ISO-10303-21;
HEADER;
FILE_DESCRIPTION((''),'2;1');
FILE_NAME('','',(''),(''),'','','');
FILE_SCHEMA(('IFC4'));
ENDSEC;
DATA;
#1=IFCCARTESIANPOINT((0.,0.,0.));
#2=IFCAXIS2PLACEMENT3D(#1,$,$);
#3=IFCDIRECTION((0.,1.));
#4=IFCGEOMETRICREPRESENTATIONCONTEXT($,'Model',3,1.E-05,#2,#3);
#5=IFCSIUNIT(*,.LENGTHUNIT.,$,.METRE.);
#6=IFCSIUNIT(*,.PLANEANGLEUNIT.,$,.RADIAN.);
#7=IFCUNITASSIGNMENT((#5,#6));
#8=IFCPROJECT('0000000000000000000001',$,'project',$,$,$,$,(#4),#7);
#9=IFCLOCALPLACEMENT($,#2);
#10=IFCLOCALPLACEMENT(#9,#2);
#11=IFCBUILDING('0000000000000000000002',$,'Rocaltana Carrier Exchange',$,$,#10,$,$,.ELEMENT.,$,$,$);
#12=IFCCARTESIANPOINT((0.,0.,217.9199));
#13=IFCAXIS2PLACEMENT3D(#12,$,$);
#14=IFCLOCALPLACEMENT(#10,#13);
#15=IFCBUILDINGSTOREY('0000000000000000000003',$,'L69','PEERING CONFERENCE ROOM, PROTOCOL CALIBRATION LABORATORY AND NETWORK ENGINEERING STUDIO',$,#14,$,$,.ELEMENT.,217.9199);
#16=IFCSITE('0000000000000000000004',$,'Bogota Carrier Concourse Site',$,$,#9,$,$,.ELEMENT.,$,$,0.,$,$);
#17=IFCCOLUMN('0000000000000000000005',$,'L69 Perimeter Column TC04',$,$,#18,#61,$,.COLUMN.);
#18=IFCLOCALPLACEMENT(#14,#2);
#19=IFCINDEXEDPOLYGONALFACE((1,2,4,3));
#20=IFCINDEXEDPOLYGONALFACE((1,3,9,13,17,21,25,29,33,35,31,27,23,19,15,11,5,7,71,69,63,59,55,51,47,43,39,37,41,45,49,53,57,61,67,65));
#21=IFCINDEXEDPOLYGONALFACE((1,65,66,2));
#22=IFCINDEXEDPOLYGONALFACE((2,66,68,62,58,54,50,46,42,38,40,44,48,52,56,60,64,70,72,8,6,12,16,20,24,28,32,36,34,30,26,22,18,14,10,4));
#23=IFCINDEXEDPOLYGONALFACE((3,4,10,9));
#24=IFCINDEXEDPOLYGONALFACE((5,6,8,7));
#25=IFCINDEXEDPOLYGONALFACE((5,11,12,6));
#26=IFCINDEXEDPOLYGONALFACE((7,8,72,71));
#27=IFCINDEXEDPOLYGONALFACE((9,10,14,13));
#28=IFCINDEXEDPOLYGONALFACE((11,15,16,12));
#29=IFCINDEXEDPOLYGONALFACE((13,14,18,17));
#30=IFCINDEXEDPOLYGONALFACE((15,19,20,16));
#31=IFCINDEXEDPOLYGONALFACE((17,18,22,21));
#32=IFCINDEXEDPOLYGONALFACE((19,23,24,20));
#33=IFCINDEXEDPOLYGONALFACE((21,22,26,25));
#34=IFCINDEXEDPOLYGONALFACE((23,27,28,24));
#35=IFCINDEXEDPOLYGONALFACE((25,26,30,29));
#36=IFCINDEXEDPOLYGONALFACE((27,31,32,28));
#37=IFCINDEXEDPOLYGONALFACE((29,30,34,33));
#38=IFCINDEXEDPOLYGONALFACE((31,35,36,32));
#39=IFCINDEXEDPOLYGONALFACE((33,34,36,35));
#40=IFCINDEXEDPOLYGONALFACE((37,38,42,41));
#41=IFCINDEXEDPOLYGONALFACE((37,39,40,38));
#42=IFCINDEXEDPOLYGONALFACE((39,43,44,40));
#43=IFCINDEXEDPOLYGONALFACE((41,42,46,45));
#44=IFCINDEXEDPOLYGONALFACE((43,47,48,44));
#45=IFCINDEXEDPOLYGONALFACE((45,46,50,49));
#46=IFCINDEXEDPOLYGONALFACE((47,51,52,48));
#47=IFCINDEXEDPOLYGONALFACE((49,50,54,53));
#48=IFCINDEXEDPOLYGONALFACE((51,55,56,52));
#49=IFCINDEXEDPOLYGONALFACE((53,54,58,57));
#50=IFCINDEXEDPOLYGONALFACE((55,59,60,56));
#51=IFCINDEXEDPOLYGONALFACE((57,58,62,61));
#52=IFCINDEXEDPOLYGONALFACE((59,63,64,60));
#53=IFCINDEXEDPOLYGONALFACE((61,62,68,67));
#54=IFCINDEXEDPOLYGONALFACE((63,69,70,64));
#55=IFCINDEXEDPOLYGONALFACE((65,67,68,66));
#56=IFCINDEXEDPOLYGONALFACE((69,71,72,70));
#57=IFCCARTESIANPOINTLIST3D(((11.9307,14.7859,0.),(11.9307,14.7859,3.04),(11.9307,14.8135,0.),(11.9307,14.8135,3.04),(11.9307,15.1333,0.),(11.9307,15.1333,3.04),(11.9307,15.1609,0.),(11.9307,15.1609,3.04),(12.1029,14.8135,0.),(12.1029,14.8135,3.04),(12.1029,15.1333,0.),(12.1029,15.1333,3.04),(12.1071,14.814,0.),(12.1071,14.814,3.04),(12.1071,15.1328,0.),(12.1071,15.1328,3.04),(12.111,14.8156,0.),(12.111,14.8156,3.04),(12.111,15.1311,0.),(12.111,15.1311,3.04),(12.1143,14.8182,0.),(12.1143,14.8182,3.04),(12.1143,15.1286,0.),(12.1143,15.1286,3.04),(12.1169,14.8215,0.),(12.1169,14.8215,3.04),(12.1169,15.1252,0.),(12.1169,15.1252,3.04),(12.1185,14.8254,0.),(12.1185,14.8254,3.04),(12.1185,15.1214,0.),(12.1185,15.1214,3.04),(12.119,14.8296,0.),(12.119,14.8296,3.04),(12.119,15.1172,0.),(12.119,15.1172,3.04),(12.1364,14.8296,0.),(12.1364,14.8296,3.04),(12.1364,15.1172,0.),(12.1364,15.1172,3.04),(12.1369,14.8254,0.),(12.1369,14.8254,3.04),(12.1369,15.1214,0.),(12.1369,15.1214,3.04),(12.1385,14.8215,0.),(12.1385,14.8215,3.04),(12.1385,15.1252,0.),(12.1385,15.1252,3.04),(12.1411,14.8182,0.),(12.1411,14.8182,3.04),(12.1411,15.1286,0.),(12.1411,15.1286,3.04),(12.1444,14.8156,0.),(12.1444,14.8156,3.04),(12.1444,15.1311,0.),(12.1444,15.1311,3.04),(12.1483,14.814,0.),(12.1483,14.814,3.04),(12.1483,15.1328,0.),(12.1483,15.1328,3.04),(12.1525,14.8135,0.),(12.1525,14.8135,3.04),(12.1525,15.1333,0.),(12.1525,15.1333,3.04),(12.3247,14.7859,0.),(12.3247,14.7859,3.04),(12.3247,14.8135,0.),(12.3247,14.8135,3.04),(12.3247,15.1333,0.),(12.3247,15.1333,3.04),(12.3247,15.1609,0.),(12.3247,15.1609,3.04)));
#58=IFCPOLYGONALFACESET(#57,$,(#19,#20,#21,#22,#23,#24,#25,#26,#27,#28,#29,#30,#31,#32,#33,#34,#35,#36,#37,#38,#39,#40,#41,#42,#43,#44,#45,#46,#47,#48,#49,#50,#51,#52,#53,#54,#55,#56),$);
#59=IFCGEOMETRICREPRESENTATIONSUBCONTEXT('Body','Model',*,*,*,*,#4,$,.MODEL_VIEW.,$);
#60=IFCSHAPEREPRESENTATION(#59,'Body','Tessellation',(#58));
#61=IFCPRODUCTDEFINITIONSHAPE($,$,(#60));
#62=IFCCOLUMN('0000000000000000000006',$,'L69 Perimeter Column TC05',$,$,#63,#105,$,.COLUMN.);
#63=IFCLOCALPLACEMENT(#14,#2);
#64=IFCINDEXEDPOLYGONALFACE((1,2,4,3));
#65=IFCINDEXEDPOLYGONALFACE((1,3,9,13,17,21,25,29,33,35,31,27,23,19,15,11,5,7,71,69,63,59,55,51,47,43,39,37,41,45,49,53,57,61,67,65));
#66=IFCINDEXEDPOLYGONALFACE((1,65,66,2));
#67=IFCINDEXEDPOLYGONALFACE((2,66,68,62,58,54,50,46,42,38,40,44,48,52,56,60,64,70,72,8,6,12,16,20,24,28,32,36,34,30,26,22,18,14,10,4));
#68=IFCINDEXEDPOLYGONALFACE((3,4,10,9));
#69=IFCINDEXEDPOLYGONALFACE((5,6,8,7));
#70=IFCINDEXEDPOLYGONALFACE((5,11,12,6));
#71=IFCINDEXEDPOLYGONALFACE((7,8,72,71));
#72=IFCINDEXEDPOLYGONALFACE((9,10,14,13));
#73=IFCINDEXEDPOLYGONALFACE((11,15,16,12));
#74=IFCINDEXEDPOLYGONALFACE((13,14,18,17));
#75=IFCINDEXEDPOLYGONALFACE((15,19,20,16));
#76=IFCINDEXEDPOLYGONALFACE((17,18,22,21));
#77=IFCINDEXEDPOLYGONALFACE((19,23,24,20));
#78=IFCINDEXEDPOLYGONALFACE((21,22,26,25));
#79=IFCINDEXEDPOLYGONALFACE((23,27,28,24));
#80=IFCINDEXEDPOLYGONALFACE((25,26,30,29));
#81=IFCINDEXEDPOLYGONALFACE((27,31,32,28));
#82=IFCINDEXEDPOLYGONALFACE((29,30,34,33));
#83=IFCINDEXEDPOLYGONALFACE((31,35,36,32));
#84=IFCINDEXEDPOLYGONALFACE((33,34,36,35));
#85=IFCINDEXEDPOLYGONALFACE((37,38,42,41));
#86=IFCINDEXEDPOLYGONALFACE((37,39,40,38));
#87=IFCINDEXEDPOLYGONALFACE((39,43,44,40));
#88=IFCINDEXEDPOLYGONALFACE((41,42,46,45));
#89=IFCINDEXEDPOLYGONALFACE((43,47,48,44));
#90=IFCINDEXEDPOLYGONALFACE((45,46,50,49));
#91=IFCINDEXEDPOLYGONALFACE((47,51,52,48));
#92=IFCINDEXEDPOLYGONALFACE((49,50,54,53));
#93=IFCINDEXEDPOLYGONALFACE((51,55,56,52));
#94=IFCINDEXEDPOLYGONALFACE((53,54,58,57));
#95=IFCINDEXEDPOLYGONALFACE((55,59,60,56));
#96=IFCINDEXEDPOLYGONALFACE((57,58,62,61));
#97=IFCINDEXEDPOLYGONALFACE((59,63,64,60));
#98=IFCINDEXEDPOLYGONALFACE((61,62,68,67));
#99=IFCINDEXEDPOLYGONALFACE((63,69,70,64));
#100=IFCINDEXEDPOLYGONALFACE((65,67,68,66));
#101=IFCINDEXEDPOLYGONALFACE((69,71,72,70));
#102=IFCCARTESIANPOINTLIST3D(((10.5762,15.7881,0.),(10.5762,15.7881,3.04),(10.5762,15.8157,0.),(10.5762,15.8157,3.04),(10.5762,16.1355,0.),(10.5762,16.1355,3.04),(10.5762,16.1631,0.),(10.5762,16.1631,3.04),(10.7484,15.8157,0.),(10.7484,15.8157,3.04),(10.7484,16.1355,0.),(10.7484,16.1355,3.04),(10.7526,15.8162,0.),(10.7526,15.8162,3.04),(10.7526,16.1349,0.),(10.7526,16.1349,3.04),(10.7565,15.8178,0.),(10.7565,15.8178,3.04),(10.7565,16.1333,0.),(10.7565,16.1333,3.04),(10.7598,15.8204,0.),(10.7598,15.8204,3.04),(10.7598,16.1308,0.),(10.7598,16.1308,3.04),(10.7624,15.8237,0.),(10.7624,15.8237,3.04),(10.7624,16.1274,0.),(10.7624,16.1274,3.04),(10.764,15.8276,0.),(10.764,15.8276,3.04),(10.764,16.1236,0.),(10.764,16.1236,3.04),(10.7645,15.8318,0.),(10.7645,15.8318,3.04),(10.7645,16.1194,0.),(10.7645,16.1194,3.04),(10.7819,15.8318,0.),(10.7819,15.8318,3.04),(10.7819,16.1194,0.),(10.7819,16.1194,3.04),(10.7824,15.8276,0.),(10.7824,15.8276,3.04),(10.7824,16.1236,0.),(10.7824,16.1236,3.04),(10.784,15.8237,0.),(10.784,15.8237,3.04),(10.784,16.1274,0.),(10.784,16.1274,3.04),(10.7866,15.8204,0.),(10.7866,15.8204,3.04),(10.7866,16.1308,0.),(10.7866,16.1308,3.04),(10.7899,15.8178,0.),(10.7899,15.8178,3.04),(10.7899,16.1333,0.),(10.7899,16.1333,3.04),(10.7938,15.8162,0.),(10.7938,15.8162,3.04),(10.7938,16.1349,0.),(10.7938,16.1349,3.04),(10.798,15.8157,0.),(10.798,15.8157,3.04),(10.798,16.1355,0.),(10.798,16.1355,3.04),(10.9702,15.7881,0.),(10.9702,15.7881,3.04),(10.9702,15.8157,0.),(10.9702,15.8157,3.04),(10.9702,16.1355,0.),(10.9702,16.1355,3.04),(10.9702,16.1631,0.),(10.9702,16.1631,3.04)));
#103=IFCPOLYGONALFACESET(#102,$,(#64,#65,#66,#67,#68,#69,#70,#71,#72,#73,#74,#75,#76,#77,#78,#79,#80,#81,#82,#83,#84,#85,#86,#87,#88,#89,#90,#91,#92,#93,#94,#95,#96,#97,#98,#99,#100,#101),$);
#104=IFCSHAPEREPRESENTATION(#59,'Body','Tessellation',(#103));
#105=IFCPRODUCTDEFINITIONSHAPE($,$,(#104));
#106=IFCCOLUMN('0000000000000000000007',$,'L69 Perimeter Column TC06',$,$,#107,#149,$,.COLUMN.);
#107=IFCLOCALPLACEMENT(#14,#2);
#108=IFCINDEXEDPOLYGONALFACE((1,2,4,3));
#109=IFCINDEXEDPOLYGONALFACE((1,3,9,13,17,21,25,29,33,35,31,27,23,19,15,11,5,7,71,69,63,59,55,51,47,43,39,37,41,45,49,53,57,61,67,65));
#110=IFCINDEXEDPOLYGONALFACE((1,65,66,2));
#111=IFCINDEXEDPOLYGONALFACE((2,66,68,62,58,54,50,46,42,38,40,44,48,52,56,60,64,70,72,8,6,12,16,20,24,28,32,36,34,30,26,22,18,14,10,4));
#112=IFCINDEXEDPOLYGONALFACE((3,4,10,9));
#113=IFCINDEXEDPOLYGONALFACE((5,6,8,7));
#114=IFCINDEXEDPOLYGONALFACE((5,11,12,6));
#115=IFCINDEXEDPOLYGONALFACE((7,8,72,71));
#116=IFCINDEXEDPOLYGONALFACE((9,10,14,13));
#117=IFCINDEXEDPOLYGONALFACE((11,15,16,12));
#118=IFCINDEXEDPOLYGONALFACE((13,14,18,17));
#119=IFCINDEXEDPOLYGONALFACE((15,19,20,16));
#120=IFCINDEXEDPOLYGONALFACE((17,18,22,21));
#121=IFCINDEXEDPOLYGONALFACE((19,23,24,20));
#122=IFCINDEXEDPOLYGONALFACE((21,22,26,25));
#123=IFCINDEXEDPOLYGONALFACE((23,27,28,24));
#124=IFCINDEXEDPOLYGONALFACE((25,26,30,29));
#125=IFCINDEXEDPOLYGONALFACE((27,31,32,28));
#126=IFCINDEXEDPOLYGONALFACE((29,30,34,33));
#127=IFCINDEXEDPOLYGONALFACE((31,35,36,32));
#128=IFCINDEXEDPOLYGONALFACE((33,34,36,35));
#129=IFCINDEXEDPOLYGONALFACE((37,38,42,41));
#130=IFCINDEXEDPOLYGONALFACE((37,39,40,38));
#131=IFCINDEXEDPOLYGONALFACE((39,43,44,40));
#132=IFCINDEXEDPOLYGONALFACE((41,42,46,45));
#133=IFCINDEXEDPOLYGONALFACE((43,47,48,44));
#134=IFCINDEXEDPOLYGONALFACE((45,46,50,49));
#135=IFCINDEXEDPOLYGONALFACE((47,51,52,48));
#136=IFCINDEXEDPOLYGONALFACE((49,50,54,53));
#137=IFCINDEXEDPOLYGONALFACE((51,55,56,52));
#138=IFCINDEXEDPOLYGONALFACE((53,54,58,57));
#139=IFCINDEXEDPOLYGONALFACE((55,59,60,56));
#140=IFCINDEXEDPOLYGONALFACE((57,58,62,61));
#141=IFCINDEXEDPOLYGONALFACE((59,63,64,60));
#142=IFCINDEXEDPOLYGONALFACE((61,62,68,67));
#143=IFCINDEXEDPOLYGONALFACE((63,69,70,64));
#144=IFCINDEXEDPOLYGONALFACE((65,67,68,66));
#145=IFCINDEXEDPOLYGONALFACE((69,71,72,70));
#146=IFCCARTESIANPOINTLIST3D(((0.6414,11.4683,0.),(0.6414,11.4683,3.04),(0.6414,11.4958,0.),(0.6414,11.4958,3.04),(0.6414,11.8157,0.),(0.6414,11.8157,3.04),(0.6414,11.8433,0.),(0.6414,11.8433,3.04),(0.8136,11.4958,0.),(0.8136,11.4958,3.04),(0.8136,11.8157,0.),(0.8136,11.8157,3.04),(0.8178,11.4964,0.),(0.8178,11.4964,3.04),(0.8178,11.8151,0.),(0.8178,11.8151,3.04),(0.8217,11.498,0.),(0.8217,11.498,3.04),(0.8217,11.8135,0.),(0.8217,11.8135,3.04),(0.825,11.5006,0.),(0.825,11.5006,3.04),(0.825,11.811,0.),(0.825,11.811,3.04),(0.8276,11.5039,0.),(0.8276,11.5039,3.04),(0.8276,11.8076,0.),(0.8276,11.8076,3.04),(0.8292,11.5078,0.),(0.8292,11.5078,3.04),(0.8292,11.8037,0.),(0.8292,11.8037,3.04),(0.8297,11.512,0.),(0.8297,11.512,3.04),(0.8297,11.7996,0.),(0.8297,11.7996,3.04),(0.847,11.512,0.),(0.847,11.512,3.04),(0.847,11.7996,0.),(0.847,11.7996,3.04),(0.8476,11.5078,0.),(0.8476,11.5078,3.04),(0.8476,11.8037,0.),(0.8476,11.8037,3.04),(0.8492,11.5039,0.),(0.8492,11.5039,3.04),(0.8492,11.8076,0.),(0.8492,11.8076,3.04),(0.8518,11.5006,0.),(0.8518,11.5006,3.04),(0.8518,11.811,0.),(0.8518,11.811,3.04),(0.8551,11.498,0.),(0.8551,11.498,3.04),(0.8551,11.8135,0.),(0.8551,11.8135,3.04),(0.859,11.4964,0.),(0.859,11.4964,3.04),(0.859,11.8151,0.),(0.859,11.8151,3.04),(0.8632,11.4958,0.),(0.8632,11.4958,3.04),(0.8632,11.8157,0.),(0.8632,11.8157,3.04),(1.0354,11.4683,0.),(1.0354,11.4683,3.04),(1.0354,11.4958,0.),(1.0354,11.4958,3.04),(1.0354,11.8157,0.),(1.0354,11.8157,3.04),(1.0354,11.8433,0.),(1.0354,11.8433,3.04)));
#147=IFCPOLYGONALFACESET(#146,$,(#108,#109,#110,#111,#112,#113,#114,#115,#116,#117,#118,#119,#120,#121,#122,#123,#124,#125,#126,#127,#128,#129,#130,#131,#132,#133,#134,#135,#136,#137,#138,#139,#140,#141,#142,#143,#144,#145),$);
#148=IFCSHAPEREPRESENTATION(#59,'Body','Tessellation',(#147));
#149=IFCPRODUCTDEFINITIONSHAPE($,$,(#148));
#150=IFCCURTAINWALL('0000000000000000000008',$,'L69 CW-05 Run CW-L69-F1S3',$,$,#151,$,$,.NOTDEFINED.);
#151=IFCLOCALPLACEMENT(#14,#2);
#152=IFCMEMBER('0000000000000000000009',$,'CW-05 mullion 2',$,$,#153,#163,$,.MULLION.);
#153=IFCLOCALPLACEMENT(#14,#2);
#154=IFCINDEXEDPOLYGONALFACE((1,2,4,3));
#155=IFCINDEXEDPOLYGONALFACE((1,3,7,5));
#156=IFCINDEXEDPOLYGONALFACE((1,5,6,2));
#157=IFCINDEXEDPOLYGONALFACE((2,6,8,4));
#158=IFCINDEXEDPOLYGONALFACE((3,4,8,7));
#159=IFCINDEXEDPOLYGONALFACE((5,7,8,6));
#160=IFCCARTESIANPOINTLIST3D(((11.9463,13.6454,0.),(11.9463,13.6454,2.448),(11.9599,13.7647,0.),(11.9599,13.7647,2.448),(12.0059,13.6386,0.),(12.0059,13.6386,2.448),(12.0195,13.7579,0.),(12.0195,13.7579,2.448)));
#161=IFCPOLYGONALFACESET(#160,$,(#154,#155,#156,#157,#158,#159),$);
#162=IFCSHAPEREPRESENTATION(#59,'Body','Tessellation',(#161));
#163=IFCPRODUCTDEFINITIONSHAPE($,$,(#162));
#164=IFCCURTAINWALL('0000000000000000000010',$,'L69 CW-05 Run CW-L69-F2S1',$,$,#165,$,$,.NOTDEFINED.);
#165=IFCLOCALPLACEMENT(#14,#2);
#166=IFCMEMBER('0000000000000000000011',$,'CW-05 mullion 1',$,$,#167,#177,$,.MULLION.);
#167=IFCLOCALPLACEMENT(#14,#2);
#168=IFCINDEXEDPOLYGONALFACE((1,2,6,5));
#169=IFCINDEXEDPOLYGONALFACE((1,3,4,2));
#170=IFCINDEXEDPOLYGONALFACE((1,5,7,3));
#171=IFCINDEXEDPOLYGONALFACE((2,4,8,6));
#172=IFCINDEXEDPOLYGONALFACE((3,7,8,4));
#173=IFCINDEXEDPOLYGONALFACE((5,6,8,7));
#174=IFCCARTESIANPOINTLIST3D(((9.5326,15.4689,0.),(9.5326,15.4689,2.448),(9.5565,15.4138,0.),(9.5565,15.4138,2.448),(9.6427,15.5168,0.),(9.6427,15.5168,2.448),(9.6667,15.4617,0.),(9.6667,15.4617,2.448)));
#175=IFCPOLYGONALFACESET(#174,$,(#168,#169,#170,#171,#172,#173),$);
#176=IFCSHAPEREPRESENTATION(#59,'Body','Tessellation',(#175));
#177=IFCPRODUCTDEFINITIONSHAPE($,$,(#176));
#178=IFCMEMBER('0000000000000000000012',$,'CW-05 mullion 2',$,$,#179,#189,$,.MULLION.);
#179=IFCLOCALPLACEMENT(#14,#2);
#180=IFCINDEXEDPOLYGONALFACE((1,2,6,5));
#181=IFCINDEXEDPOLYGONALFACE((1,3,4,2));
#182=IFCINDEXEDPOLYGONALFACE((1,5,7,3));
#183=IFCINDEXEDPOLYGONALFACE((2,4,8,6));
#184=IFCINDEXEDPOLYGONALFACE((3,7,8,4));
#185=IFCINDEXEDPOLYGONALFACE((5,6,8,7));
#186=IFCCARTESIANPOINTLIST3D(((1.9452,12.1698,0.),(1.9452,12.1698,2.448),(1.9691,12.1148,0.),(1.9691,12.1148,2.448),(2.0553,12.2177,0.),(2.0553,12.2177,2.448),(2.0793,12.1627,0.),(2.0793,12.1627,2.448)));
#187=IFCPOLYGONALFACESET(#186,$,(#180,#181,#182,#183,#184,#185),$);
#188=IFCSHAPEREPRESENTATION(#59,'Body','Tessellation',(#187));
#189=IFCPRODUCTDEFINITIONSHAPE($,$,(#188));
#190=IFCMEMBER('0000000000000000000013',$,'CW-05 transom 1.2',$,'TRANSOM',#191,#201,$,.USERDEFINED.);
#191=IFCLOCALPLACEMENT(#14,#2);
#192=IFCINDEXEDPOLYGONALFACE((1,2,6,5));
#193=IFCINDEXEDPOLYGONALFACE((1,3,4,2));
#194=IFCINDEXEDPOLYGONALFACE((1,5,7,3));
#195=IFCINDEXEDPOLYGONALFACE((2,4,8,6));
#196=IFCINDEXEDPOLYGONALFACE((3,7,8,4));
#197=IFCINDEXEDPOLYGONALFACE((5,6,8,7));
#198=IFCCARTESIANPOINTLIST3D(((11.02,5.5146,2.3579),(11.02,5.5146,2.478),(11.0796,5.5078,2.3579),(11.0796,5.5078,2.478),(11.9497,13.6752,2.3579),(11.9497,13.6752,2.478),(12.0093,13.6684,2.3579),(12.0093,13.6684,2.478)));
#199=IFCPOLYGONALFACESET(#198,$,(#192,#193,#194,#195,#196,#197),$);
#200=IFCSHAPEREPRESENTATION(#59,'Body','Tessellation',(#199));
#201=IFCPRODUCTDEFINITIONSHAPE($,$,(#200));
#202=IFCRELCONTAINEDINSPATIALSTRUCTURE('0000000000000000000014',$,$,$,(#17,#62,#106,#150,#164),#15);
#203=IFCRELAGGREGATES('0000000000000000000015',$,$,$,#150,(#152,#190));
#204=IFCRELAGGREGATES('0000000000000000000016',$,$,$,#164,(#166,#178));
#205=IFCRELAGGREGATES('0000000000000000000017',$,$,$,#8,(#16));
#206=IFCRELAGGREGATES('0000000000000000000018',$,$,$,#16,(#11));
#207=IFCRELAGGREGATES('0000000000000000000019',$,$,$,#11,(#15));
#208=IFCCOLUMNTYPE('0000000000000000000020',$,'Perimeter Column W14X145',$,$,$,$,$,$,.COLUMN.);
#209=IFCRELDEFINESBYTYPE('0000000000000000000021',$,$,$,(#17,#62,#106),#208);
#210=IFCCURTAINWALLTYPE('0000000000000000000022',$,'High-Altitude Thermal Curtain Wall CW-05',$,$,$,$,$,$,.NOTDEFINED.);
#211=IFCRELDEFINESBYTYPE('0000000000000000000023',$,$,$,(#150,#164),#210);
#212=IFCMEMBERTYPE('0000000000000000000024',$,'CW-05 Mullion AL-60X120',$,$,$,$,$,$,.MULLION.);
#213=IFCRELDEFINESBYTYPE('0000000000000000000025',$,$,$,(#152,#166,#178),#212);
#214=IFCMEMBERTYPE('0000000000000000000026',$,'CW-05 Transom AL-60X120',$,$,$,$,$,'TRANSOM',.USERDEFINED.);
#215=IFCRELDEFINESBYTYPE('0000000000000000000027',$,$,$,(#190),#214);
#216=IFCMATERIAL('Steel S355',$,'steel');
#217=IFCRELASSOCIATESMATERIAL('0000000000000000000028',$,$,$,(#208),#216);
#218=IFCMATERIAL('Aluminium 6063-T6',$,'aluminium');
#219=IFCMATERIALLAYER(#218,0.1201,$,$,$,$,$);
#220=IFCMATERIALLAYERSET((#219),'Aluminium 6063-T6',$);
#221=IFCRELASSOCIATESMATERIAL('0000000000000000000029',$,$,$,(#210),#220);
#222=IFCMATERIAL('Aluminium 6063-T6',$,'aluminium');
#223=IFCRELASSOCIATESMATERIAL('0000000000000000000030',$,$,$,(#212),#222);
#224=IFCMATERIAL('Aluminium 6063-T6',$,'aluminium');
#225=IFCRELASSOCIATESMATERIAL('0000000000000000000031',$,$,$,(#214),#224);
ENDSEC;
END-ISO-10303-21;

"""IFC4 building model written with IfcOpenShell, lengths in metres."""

from ifc_helpers import new_model, si_unit, direction, frame, origin, origin_2d, place, context, subcontext, project, spatial, rectangle, i_section, extrude, material, layer, layer_set, material_profile, profile_set, type_object, element, aggregate, save


model = new_model("IFC4")

# Units and contexts
model_context = context("Model", 3, precision=1e-05, world=origin(), true_north=direction((0.0, 1.0)))
body_context = subcontext(model_context, "Body", "Model", "MODEL_VIEW")
ifc_project = project(units=[si_unit("LENGTHUNIT", "METRE"), si_unit("PLANEANGLEUNIT", "RADIAN")], contexts=[model_context])

# Site, building, storey
site_placement = place(None, origin())
site = spatial("IfcSite", under=ifc_project, at=site_placement, Name="Bogota Carrier Concourse Site", CompositionType="ELEMENT", RefElevation=0.0)
building_placement = place(site_placement, origin())
building = spatial("IfcBuilding", under=site, at=building_placement, Name="Rocaltana Carrier Exchange", CompositionType="ELEMENT")
storey_placement = place(building_placement, frame((0.0, 0.0, 217.9199)))
storey = spatial("IfcBuildingStorey", under=building, at=storey_placement, Name="L69", Description="PEERING CONFERENCE ROOM, PROTOCOL CALIBRATION LABORATORY AND NETWORK ENGINEERING STUDIO", CompositionType="ELEMENT", Elevation=217.9199)

# Columns
ifc_material_1 = material(Name="Steel S355", Category="steel")
ifc_material_profile_1 = material_profile(ifc_material_1, i_section(OverallWidth=0.394, OverallDepth=0.375, WebThickness=0.0173, FlangeThickness=0.0276, FilletRadius=0.0161, at=origin_2d()), Name="W14X145")
ifc_profile_set_1 = profile_set([ifc_material_profile_1], Name="Steel S355")
column_type = type_object("IfcColumnType", Name="Perimeter Column W14X145", PredefinedType="COLUMN", material=ifc_profile_set_1)
for number, where, z_axis, x_axis, name in (
    (1, (12.1277, 14.9734, 0.0), (0.0, 0.0, 1.0), (1.0, 0.0, 0.0), "L69 Perimeter Column TC04"),
    (2, (10.7732, 15.9756, 0.0), (0.0, 0.0, 1.0), (1.0, 0.0, 0.0), "L69 Perimeter Column TC05"),
    (3, (0.8384, 11.6558, 0.0), (0.0, 0.0, 1.0), (1.0, 0.0, 0.0), "L69 Perimeter Column TC06"),
):
    element("IfcColumn", number, at=place(storey_placement, frame(where, z_axis=z_axis, x_axis=x_axis)), inside=storey, type_object=column_type, Name=name, PredefinedType="COLUMN", context=body_context, shape_type="SweptSolid", body=[
        extrude(i_section(OverallWidth=0.394, OverallDepth=0.375, WebThickness=0.0173, FlangeThickness=0.0276, FilletRadius=0.0161, at=origin_2d()), origin(), (0.0, 0.0, 1.0), 3.04),
    ])

# Curtain wall, member
ifc_material_2 = material(Name="Aluminium 6063-T6", Category="aluminium")
ifc_layer_1 = layer(ifc_material_2, 0.1201)
ifc_layer_set_1 = layer_set([ifc_layer_1], Name="Aluminium 6063-T6")
curtain_wall_type = type_object("IfcCurtainWallType", Name="High-Altitude Thermal Curtain Wall CW-05", PredefinedType="NOTDEFINED", material=ifc_layer_set_1)
curtain_wall_1_placement = place(storey_placement, origin())
curtain_wall_1 = element("IfcCurtainWall", 4, at=curtain_wall_1_placement, inside=storey, type_object=curtain_wall_type, Name="L69 CW-05 Run CW-L69-F1S3", PredefinedType="NOTDEFINED")
ifc_material_3 = material(Name="Aluminium 6063-T6", Category="aluminium")
ifc_material_profile_2 = material_profile(ifc_material_3, rectangle(XDim=0.0601, YDim=0.1201, at=origin_2d()), Name="AL-60X120")
ifc_profile_set_2 = profile_set([ifc_material_profile_2], Name="Aluminium 6063-T6")
member_type_1 = type_object("IfcMemberType", Name="CW-05 Mullion AL-60X120", PredefinedType="MULLION", material=ifc_profile_set_2)
member_1_placement = place(storey_placement, frame((11.9829, 13.7017, 0.0), z_axis=(0.0, 0.0, 1.0), x_axis=(-0.993573, 0.113197, 0.0)))
member_1 = element("IfcMember", 5, at=member_1_placement, type_object=member_type_1, Name="CW-05 mullion 2", PredefinedType="MULLION", context=body_context, shape_type="SweptSolid", body=[
    extrude(rectangle(XDim=0.0601, YDim=0.1201, at=origin_2d()), origin(), (0.0, 0.0, 1.0), 2.448),
])

# Curtain wall, members
curtain_wall_2_placement = place(storey_placement, origin())
curtain_wall_2 = element("IfcCurtainWall", 6, at=curtain_wall_2_placement, inside=storey, type_object=curtain_wall_type, Name="L69 CW-05 Run CW-L69-F2S1", PredefinedType="NOTDEFINED")
member_2_placement = place(storey_placement, frame((9.5996, 15.4653, 0.0), z_axis=(0.0, 0.0, 1.0), x_axis=(0.398757, -0.917057, 0.0)))
member_2 = element("IfcMember", 7, at=member_2_placement, type_object=member_type_1, Name="CW-05 mullion 1", PredefinedType="MULLION", context=body_context, shape_type="SweptSolid", body=[
    extrude(rectangle(XDim=0.0601, YDim=0.1201, at=origin_2d()), origin(), (0.0, 0.0, 1.0), 2.448),
])
member_3_placement = place(storey_placement, frame((2.0122, 12.1663, 0.0), z_axis=(0.0, 0.0, 1.0), x_axis=(0.398757, -0.917057, 0.0)))
member_3 = element("IfcMember", 8, at=member_3_placement, type_object=member_type_1, Name="CW-05 mullion 2", PredefinedType="MULLION", context=body_context, shape_type="SweptSolid", body=[
    extrude(rectangle(XDim=0.0601, YDim=0.1201, at=origin_2d()), origin(), (0.0, 0.0, 1.0), 2.448),
])

# Member
ifc_material_4 = material(Name="Aluminium 6063-T6", Category="aluminium")
ifc_material_profile_3 = material_profile(ifc_material_4, rectangle(XDim=0.0601, YDim=0.1201, at=origin_2d()), Name="AL-60X120")
ifc_profile_set_3 = profile_set([ifc_material_profile_3], Name="Aluminium 6063-T6")
member_type_2 = type_object("IfcMemberType", Name="CW-05 Transom AL-60X120", ElementType="TRANSOM", PredefinedType="USERDEFINED", material=ifc_profile_set_3)
member_4_placement = place(storey_placement, frame((11.0498, 5.5112, 2.418), z_axis=(0.113191, 0.993573, 0.0), x_axis=(-0.993573, 0.113191, 0.0)))
member_4 = element("IfcMember", 9, at=member_4_placement, type_object=member_type_2, Name="CW-05 transom 1.2", ObjectType="TRANSOM", PredefinedType="USERDEFINED", context=body_context, shape_type="SweptSolid", body=[
    extrude(rectangle(XDim=0.0601, YDim=0.1201, at=origin_2d()), origin(), (0.0, 0.0, 1.0), 8.2134),
])

aggregate(curtain_wall_1, [member_1, member_4])
aggregate(curtain_wall_2, [member_2, member_3])

save(model, "model.ifc")
